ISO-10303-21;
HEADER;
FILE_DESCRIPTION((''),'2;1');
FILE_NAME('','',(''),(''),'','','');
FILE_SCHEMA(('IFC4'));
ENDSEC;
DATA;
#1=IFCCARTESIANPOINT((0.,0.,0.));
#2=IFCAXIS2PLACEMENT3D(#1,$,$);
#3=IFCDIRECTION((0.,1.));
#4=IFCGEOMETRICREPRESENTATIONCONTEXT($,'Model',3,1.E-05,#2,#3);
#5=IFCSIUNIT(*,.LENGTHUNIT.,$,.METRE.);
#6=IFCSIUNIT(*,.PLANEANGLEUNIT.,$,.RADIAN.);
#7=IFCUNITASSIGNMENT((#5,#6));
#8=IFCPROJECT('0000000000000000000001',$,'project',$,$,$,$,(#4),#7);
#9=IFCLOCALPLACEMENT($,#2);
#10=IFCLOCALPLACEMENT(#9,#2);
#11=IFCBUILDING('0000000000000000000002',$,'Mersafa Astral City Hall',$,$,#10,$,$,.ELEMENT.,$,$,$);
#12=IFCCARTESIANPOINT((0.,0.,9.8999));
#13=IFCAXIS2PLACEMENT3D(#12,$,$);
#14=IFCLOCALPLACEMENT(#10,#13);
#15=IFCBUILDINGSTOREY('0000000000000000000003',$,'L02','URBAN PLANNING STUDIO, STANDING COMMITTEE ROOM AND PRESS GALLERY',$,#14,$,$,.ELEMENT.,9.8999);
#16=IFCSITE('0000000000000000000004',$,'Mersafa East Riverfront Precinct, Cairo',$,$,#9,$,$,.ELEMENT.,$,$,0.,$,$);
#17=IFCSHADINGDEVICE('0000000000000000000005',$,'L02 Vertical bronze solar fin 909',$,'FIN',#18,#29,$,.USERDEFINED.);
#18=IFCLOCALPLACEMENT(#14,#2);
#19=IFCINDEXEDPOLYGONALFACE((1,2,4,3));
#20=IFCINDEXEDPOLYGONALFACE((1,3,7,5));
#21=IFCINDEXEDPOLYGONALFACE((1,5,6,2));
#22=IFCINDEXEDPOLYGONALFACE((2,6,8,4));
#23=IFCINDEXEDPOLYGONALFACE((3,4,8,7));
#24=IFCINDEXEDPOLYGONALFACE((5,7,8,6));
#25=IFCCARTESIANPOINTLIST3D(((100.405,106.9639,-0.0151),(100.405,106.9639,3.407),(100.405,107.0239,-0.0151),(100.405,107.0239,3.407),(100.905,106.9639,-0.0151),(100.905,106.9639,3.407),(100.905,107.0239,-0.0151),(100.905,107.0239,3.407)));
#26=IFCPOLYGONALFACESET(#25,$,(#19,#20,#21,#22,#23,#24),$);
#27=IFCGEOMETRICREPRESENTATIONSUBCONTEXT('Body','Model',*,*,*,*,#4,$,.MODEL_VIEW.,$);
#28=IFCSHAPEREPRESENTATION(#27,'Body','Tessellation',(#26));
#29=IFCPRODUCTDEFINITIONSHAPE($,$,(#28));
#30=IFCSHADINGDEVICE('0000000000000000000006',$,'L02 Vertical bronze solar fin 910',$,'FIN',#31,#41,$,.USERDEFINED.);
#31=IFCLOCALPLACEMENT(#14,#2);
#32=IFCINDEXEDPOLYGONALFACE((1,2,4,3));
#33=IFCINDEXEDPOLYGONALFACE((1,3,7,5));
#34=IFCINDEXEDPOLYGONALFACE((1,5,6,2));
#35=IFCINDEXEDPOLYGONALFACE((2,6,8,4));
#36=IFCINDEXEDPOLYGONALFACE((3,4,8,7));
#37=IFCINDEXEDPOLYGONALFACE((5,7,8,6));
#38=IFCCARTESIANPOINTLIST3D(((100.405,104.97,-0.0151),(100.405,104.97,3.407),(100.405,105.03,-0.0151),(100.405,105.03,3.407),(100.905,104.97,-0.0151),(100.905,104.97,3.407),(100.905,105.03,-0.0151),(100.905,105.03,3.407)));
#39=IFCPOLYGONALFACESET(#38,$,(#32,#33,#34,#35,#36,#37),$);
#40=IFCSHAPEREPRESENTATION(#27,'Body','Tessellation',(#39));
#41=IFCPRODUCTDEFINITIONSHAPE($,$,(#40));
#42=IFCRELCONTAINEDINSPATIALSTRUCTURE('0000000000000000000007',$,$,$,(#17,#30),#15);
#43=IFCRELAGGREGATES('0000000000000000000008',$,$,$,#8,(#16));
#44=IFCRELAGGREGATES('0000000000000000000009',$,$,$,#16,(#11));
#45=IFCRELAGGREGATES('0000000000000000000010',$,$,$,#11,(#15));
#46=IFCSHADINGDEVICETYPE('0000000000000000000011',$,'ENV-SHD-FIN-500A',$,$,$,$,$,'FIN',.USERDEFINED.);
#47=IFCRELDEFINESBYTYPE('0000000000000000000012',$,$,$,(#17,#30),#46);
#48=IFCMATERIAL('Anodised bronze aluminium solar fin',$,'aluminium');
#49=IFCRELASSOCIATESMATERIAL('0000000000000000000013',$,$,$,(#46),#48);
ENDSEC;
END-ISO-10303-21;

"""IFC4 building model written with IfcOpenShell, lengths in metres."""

from ifc_helpers import new_model, si_unit, direction, frame, origin, origin_2d, place, context, subcontext, project, spatial, rectangle, extrude, material, type_object, element, save


model = new_model("IFC4")

# Units and contexts
model_context = context("Model", 3, precision=1e-05, world=origin(), true_north=direction((0.0, 1.0)))
body_context = subcontext(model_context, "Body", "Model", "MODEL_VIEW")
ifc_project = project(units=[si_unit("LENGTHUNIT", "METRE"), si_unit("PLANEANGLEUNIT", "RADIAN")], contexts=[model_context])

# Site, building, storey
site_placement = place(None, origin())
site = spatial("IfcSite", under=ifc_project, at=site_placement, Name="Mersafa East Riverfront Precinct, Cairo", CompositionType="ELEMENT", RefElevation=0.0)
building_placement = place(site_placement, origin())
building = spatial("IfcBuilding", under=site, at=building_placement, Name="Mersafa Astral City Hall", CompositionType="ELEMENT")
storey_placement = place(building_placement, frame((0.0, 0.0, 9.8999)))
storey = spatial("IfcBuildingStorey", under=building, at=storey_placement, Name="L02", Description="URBAN PLANNING STUDIO, STANDING COMMITTEE ROOM AND PRESS GALLERY", CompositionType="ELEMENT", Elevation=9.8999)

# Shading devices
ifc_material_1 = material(Name="Anodised bronze aluminium solar fin", Category="aluminium")
shading_device_type = type_object("IfcShadingDeviceType", Name="ENV-SHD-FIN-500A", ElementType="FIN", PredefinedType="USERDEFINED", material=ifc_material_1)
for number, where, z_axis, x_axis, name in (
    (1, (100.655, 106.9939, -0.0151), (0.0, 0.0, 1.0), (0.0, -1.0, 0.0), "L02 Vertical bronze solar fin 909"),
    (2, (100.655, 105.0, -0.0151), (0.0, 0.0, 1.0), (0.0, -1.0, 0.0), "L02 Vertical bronze solar fin 910"),
):
    element("IfcShadingDevice", number, at=place(storey_placement, frame(where, z_axis=z_axis, x_axis=x_axis)), inside=storey, type_object=shading_device_type, Name=name, ObjectType="FIN", PredefinedType="USERDEFINED", context=body_context, shape_type="SweptSolid", body=[
        extrude(rectangle(XDim=0.0601, YDim=0.5, at=origin_2d()), origin(), (0.0, 0.0, 1.0), 3.4221),
    ])

save(model, "model.ifc")
